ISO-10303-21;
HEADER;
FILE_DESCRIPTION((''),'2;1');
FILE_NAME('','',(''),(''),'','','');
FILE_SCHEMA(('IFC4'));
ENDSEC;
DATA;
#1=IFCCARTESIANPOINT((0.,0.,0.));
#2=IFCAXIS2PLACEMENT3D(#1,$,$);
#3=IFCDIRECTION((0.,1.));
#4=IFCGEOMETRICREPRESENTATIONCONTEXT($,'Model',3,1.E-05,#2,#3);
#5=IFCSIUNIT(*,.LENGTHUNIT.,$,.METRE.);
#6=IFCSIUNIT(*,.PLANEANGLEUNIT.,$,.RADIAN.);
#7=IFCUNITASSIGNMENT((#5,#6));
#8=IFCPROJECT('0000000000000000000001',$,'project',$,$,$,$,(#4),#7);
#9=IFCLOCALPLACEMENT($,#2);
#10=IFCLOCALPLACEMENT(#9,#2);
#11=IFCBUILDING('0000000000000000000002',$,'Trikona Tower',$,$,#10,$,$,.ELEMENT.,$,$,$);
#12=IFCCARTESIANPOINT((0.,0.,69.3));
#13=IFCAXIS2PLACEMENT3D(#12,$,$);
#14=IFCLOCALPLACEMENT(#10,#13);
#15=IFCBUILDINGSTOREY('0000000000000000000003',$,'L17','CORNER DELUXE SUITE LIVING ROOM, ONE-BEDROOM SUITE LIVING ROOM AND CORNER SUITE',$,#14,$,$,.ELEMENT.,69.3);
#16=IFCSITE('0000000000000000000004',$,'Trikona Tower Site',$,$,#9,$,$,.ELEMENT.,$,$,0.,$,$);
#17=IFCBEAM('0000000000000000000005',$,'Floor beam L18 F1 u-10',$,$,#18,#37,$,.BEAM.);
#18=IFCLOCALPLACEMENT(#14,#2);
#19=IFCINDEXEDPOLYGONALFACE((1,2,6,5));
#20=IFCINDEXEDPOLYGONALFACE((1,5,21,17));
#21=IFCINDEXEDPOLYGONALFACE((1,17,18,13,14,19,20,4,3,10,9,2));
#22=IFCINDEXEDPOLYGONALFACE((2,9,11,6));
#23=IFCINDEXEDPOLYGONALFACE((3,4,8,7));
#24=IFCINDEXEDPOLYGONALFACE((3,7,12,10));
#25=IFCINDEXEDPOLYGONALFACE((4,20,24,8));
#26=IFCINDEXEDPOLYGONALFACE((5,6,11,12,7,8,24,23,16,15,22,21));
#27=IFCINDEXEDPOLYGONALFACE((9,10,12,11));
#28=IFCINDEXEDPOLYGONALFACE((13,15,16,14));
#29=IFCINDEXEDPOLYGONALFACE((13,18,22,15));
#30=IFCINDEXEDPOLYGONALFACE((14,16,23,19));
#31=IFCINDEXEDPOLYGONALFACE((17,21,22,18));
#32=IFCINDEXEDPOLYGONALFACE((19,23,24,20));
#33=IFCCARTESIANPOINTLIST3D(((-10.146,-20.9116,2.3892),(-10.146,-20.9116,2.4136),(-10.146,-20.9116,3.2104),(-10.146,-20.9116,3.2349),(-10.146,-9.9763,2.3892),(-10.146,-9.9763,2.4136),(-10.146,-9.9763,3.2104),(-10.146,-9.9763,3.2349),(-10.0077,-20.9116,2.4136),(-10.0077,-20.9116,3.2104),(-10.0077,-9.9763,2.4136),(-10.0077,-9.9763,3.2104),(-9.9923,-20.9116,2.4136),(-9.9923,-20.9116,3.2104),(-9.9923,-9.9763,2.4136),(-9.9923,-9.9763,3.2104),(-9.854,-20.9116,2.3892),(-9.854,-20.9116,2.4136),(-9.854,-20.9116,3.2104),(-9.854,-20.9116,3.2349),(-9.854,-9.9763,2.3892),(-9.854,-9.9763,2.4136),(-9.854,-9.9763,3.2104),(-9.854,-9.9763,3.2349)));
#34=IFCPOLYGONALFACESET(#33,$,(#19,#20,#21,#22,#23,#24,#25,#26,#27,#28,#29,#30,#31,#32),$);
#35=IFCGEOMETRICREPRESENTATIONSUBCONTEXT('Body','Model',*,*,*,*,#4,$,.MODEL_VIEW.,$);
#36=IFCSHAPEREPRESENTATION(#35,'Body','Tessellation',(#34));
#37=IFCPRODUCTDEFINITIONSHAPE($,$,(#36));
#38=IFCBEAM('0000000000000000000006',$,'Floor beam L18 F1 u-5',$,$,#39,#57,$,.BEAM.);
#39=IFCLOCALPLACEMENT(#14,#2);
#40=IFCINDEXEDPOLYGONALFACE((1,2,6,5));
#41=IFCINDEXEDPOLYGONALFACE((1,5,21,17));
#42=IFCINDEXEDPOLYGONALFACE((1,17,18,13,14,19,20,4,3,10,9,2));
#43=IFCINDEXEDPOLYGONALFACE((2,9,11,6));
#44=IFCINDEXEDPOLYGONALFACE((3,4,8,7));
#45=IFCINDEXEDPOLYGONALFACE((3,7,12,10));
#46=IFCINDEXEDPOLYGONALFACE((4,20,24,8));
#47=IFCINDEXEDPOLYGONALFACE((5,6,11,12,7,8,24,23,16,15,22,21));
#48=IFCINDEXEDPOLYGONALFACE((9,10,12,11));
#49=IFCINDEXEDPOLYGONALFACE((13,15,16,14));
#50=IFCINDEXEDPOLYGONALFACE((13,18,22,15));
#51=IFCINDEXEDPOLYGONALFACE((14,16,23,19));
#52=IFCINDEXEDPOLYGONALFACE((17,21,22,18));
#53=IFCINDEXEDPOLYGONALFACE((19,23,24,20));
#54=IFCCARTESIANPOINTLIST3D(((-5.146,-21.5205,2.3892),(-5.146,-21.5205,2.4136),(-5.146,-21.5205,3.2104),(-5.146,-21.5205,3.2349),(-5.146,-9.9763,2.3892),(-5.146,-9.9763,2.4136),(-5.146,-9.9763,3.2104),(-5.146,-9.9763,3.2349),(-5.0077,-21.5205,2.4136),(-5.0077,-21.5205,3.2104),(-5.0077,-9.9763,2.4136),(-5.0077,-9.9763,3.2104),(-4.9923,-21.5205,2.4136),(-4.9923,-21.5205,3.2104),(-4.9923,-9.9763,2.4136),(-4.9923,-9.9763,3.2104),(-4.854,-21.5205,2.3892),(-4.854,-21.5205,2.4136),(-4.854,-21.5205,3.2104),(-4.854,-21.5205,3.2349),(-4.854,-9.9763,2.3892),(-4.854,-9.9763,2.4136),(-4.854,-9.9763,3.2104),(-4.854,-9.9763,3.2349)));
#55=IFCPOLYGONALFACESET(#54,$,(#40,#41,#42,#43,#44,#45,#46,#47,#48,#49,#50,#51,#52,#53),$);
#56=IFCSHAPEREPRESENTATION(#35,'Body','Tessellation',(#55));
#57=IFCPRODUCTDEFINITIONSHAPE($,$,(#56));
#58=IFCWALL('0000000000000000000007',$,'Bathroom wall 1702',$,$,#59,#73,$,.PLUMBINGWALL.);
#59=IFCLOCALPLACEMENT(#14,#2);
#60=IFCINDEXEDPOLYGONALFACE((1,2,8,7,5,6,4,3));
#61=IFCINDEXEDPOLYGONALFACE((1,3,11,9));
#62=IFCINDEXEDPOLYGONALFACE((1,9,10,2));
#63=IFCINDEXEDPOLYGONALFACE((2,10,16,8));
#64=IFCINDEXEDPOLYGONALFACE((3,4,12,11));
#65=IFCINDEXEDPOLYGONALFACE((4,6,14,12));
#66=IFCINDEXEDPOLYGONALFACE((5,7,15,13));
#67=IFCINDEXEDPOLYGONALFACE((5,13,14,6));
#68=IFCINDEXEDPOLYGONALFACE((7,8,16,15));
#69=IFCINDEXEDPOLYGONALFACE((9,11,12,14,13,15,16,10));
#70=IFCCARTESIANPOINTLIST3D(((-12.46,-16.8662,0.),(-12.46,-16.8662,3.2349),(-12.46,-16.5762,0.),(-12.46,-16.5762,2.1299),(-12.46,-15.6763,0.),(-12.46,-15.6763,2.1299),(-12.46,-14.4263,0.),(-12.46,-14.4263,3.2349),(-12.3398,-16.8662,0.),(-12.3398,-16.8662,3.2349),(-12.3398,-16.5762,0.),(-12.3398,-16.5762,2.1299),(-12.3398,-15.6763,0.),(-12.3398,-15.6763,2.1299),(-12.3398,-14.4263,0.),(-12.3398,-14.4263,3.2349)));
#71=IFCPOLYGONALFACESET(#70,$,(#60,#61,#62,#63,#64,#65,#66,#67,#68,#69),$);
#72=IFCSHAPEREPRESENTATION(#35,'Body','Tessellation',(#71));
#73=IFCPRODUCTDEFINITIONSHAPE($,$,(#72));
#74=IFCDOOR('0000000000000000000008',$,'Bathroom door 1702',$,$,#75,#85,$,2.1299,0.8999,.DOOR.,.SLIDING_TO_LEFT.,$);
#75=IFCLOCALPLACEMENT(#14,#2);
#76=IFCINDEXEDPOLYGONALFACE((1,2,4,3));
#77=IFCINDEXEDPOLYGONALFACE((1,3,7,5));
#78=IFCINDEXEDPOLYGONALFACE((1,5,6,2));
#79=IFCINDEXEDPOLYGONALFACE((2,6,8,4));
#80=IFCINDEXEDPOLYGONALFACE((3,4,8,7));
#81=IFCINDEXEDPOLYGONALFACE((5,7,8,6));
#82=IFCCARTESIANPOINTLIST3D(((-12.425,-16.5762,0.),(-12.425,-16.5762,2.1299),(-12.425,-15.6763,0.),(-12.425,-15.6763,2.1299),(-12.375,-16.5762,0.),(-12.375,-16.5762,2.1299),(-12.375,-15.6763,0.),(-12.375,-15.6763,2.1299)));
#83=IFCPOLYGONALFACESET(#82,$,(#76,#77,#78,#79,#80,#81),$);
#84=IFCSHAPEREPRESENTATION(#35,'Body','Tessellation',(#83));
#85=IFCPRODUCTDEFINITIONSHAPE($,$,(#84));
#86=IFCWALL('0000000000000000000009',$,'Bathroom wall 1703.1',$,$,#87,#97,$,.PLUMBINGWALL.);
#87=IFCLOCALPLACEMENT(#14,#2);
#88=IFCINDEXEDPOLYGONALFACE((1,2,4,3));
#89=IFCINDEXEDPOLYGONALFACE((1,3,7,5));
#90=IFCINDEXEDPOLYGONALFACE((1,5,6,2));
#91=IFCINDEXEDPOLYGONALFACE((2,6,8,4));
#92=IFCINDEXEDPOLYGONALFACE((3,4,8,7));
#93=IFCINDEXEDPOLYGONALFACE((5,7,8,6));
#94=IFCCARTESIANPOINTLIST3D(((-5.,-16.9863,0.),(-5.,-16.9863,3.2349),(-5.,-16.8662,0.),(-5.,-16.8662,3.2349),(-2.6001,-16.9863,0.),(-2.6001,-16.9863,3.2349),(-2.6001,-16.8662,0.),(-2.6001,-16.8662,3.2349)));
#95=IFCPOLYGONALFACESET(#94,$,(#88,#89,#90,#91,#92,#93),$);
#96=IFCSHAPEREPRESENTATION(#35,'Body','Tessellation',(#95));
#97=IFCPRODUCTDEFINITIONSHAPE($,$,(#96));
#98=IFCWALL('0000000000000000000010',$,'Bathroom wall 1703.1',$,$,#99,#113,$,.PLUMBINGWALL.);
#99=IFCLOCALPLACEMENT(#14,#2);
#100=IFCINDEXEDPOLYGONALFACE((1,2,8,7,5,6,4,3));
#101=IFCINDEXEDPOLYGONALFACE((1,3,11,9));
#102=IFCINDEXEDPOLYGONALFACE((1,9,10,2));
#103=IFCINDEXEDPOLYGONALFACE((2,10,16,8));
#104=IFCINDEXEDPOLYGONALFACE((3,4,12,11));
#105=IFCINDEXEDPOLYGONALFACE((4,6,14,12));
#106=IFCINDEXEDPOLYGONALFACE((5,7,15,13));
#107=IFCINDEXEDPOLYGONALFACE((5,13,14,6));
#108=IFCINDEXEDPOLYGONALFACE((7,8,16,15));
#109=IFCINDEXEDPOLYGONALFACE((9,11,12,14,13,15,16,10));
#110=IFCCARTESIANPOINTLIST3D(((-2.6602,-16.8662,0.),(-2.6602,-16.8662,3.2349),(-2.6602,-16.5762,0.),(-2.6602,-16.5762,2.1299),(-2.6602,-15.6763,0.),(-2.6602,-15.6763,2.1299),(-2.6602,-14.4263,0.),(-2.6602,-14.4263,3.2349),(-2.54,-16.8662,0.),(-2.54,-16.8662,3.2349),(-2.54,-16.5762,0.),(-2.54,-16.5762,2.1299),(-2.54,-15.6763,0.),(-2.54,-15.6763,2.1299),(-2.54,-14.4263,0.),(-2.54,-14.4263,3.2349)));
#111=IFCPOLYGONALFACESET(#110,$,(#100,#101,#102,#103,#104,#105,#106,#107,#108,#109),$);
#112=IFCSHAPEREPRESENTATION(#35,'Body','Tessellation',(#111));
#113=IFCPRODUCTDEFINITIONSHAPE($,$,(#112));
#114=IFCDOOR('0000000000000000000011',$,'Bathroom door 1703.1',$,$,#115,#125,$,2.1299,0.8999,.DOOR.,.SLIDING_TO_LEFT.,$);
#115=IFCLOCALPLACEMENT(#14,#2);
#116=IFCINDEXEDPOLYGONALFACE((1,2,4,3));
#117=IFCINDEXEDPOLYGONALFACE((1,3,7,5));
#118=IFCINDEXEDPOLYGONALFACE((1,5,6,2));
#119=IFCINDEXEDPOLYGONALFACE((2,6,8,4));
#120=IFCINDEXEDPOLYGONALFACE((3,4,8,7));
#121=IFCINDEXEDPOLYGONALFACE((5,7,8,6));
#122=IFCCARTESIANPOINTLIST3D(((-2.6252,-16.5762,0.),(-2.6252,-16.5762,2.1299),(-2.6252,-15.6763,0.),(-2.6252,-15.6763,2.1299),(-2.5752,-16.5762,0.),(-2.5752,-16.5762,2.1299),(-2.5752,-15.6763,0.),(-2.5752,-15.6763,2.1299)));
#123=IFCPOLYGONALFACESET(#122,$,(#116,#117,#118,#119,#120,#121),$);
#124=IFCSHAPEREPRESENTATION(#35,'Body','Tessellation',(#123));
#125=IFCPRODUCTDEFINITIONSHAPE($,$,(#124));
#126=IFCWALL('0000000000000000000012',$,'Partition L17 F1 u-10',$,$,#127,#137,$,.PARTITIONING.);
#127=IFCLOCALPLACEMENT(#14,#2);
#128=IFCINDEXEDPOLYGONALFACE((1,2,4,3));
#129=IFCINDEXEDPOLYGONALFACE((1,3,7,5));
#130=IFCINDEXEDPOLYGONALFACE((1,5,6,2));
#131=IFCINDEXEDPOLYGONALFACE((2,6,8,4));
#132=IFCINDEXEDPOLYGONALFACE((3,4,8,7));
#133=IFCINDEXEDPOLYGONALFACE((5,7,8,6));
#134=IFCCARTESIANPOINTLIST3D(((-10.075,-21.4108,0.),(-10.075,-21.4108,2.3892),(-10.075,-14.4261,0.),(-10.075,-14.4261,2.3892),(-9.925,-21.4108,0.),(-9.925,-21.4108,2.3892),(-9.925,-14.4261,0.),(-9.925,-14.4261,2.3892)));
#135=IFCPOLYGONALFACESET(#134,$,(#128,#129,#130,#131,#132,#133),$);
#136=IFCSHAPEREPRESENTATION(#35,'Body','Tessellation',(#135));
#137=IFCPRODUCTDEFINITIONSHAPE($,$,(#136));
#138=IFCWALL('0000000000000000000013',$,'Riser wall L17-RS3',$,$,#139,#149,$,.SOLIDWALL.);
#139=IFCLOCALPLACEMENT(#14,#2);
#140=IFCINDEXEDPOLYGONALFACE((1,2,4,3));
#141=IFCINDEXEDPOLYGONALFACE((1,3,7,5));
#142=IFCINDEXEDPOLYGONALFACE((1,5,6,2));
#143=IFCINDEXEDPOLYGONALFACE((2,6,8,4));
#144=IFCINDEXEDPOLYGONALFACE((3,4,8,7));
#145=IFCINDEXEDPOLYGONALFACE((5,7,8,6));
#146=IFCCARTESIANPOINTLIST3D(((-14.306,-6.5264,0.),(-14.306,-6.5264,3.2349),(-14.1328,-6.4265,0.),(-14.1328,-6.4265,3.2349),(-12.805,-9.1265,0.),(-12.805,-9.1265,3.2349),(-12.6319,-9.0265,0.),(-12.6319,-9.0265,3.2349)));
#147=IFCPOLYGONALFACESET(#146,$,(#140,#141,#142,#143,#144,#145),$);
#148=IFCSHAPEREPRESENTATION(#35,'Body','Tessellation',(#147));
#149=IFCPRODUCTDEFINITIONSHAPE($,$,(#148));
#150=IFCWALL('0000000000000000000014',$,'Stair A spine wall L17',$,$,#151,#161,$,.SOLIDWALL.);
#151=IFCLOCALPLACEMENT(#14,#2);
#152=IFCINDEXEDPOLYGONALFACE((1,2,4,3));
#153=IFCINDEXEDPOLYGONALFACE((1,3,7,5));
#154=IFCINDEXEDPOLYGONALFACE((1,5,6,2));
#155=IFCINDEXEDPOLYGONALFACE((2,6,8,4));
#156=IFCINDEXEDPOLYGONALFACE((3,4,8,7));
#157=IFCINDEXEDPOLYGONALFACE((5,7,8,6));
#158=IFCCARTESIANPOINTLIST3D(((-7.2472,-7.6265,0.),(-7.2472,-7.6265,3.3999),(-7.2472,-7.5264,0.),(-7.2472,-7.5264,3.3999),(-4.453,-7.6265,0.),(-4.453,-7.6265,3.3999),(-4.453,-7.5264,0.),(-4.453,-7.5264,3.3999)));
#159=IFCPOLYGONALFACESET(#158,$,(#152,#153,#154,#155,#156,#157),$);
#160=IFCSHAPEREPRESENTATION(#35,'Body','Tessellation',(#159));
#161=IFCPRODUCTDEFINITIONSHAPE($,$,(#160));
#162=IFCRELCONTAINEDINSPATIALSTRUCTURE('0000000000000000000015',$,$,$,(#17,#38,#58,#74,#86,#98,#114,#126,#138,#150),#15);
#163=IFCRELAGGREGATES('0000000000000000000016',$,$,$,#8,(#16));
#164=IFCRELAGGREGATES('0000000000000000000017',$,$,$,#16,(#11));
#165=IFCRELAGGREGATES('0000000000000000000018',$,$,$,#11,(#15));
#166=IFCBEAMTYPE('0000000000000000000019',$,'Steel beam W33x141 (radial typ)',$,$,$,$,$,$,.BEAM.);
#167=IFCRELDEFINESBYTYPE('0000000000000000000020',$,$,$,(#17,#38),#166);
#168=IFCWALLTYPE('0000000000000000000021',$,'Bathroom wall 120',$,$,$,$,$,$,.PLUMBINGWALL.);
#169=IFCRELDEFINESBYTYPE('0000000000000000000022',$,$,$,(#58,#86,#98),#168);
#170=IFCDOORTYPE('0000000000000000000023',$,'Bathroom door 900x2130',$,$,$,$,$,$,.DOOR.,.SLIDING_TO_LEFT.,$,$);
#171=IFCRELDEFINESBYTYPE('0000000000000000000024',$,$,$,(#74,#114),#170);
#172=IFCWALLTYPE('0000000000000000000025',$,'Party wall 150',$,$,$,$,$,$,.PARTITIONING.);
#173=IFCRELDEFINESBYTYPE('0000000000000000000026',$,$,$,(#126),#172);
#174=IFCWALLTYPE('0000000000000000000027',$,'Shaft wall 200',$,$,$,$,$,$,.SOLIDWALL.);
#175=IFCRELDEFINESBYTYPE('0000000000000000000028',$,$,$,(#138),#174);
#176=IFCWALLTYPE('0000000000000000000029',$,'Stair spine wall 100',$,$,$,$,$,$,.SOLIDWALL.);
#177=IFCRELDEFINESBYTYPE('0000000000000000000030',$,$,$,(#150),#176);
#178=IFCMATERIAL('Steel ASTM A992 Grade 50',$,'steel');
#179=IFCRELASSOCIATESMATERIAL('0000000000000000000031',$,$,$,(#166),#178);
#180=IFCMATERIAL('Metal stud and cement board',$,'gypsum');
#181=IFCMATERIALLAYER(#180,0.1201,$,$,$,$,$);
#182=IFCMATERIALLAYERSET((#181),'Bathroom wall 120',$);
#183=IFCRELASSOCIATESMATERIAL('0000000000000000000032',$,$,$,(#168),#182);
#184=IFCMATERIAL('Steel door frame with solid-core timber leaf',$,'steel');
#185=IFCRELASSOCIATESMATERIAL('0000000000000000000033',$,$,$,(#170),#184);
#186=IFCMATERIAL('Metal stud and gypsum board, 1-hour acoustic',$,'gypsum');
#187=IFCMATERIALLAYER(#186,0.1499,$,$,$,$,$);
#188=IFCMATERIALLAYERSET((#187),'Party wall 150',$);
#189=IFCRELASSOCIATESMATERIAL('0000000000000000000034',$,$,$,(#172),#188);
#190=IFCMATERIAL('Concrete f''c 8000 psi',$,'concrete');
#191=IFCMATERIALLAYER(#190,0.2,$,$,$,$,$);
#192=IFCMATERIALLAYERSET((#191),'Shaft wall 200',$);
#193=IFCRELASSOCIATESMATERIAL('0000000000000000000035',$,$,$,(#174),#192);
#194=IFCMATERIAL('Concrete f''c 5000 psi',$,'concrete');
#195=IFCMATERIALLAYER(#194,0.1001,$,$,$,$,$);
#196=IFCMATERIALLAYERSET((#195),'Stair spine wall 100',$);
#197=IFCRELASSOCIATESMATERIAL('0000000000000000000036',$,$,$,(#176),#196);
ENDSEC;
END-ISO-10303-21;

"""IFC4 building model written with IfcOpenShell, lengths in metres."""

from ifc_helpers import new_model, si_unit, direction, frame, frame_2d, origin, origin_2d, place, context, subcontext, project, spatial, rectangle, i_section, extrude, material, layer, layer_set, material_profile, profile_set, type_object, element, fill, save


model = new_model("IFC4")

# Units and contexts
model_context = context("Model", 3, precision=1e-05, world=origin(), true_north=direction((0.0, 1.0)))
body_context = subcontext(model_context, "Body", "Model", "MODEL_VIEW")
ifc_project = project(units=[si_unit("LENGTHUNIT", "METRE"), si_unit("PLANEANGLEUNIT", "RADIAN")], contexts=[model_context])

# Site, building, storey
site_placement = place(None, origin())
site = spatial("IfcSite", under=ifc_project, at=site_placement, Name="Trikona Tower Site", CompositionType="ELEMENT", RefElevation=0.0)
building_placement = place(site_placement, origin())
building = spatial("IfcBuilding", under=site, at=building_placement, Name="Trikona Tower", CompositionType="ELEMENT")
storey_placement = place(building_placement, frame((0.0, 0.0, 69.3)))
storey = spatial("IfcBuildingStorey", under=building, at=storey_placement, Name="L17", Description="CORNER DELUXE SUITE LIVING ROOM, ONE-BEDROOM SUITE LIVING ROOM AND CORNER SUITE", CompositionType="ELEMENT", Elevation=69.3)

# Beams
ifc_material_1 = material(Name="Steel ASTM A992 Grade 50", Category="steel")
ifc_material_profile = material_profile(ifc_material_1, i_section(OverallWidth=0.292, OverallDepth=0.8457, WebThickness=0.0154, FlangeThickness=0.0244, at=origin_2d()), Name="W33X141")
ifc_profile_set = profile_set([ifc_material_profile], Name="Steel ASTM A992 Grade 50")
beam_type = type_object("IfcBeamType", Name="Steel beam W33x141 (radial typ)", PredefinedType="BEAM", material=ifc_profile_set)
beam_1_placement = place(storey_placement, frame((-10.0, -9.9763, 2.812), z_axis=(0.0, -1.0, 0.0), x_axis=(1.0, 0.0, 0.0)))
element("IfcBeam", 1, at=beam_1_placement, inside=storey, type_object=beam_type, Name="Floor beam L18 F1 u-10", PredefinedType="BEAM", context=body_context, shape_type="SweptSolid", body=[
    extrude(i_section(OverallWidth=0.292, OverallDepth=0.8457, WebThickness=0.0154, FlangeThickness=0.0244, at=origin_2d()), origin(), (0.0, 0.0, 1.0), 10.9353),
])
beam_2_placement = place(storey_placement, frame((-5.0, -9.9763, 2.812), z_axis=(0.0, -1.0, 0.0), x_axis=(1.0, 0.0, 0.0)))
element("IfcBeam", 2, at=beam_2_placement, inside=storey, type_object=beam_type, Name="Floor beam L18 F1 u-5", PredefinedType="BEAM", context=body_context, shape_type="SweptSolid", body=[
    extrude(i_section(OverallWidth=0.292, OverallDepth=0.8457, WebThickness=0.0154, FlangeThickness=0.0244, at=origin_2d()), origin(), (0.0, 0.0, 1.0), 11.5442),
])

# Wall, opening, door
ifc_material_2 = material(Name="Metal stud and cement board", Category="gypsum")
ifc_layer_1 = layer(ifc_material_2, 0.1201)
ifc_layer_set_1 = layer_set([ifc_layer_1], Name="Bathroom wall 120")
wall_type_1 = type_object("IfcWallType", Name="Bathroom wall 120", PredefinedType="PLUMBINGWALL", material=ifc_layer_set_1)
wall_1_placement = place(storey_placement, frame((-12.3999, -14.4263, 0.0), z_axis=(0.0, 0.0, 1.0), x_axis=(0.0, -1.0, 0.0)))
wall_1 = element("IfcWall", 3, at=wall_1_placement, inside=storey, type_object=wall_type_1, Name="Bathroom wall 1702", PredefinedType="PLUMBINGWALL", context=body_context, shape_type="SweptSolid", body=[
    extrude(rectangle(XDim=2.4399, YDim=0.1201, at=frame_2d((1.22, 0.0))), origin(), (0.0, 0.0, 1.0), 3.2349),
])
opening_1_placement = place(wall_1_placement, frame((1.25, 0.0, 0.0)))
opening_1 = element("IfcOpeningElement", 4, at=opening_1_placement, cuts=wall_1, PredefinedType="OPENING", context=body_context, shape_type="SweptSolid", body=[
    extrude(rectangle(XDim=0.8999, YDim=2.1299, at=frame_2d((0.45, 1.0649))), frame((0.0, 0.0701, 0.0), z_axis=(0.0, -1.0, 0.0), x_axis=(1.0, 0.0, 0.0)), (0.0, 0.0, 1.0), 0.1401),
])
ifc_material_3 = material(Name="Steel door frame with solid-core timber leaf", Category="steel")
door_type_1 = type_object("IfcDoorType", Name="Bathroom door 900x2130", OperationType="SLIDING_TO_LEFT", PredefinedType="DOOR", material=ifc_material_3)
door_1_placement = place(opening_1_placement, origin())
door_1 = element("IfcDoor", 5, at=door_1_placement, inside=storey, type_object=door_type_1, Name="Bathroom door 1702", OperationType="SLIDING_TO_LEFT", OverallHeight=2.1299, OverallWidth=0.8999, PredefinedType="DOOR", context=body_context, shape_type="SweptSolid", body=[
    extrude(rectangle(XDim=0.8999, YDim=2.1299, at=frame_2d((0.45, 1.0649))), frame((0.0, 0.0249, 0.0), z_axis=(0.0, -1.0, 0.0), x_axis=(1.0, 0.0, 0.0)), (0.0, 0.0, 1.0), 0.05),
])
fill(opening_1, door_1)

# Wall
wall_2_placement = place(storey_placement, frame((-5.0, -16.9263, 0.0), z_axis=(0.0, 0.0, 1.0), x_axis=(1.0, 0.0, 0.0)))
element("IfcWall", 6, at=wall_2_placement, inside=storey, type_object=wall_type_1, Name="Bathroom wall 1703.1", PredefinedType="PLUMBINGWALL", context=body_context, shape_type="SweptSolid", body=[
    extrude(rectangle(XDim=2.3999, YDim=0.1201, at=frame_2d((1.2, 0.0))), origin(), (0.0, 0.0, 1.0), 3.2349),
])

# Wall, opening, door
wall_3_placement = place(storey_placement, frame((-2.6001, -14.4263, 0.0), z_axis=(0.0, 0.0, 1.0), x_axis=(0.0, -1.0, 0.0)))
wall_3 = element("IfcWall", 7, at=wall_3_placement, inside=storey, type_object=wall_type_1, Name="Bathroom wall 1703.1", PredefinedType="PLUMBINGWALL", context=body_context, shape_type="SweptSolid", body=[
    extrude(rectangle(XDim=2.4399, YDim=0.1201, at=frame_2d((1.22, 0.0))), origin(), (0.0, 0.0, 1.0), 3.2349),
])
opening_2_placement = place(wall_3_placement, frame((1.25, 0.0, 0.0)))
opening_2 = element("IfcOpeningElement", 8, at=opening_2_placement, cuts=wall_3, PredefinedType="OPENING", context=body_context, shape_type="SweptSolid", body=[
    extrude(rectangle(XDim=0.8999, YDim=2.1299, at=frame_2d((0.45, 1.0649))), frame((0.0, 0.0701, 0.0), z_axis=(0.0, -1.0, 0.0), x_axis=(1.0, 0.0, 0.0)), (0.0, 0.0, 1.0), 0.1401),
])
door_2_placement = place(opening_2_placement, origin())
door_2 = element("IfcDoor", 9, at=door_2_placement, inside=storey, type_object=door_type_1, Name="Bathroom door 1703.1", OperationType="SLIDING_TO_LEFT", OverallHeight=2.1299, OverallWidth=0.8999, PredefinedType="DOOR", context=body_context, shape_type="SweptSolid", body=[
    extrude(rectangle(XDim=0.8999, YDim=2.1299, at=frame_2d((0.45, 1.0649))), frame((0.0, 0.0249, 0.0), z_axis=(0.0, -1.0, 0.0), x_axis=(1.0, 0.0, 0.0)), (0.0, 0.0, 1.0), 0.05),
])
fill(opening_2, door_2)

# Walls
ifc_material_4 = material(Name="Metal stud and gypsum board, 1-hour acoustic", Category="gypsum")
ifc_layer_2 = layer(ifc_material_4, 0.1499)
ifc_layer_set_2 = layer_set([ifc_layer_2], Name="Party wall 150")
wall_type_2 = type_object("IfcWallType", Name="Party wall 150", PredefinedType="PARTITIONING", material=ifc_layer_set_2)
wall_4_placement = place(storey_placement, frame((-10.0, -14.4263, 0.0), z_axis=(0.0, 0.0, 1.0), x_axis=(0.0, -1.0, 0.0)))
element("IfcWall", 10, at=wall_4_placement, inside=storey, type_object=wall_type_2, Name="Partition L17 F1 u-10", PredefinedType="PARTITIONING", context=body_context, shape_type="SweptSolid", body=[
    extrude(rectangle(XDim=6.9846, YDim=0.1499, at=frame_2d((3.4922, 0.0))), origin(), (0.0, 0.0, 1.0), 2.3892),
])
ifc_material_5 = material(Name="Concrete f'c 8000 psi", Category="concrete")
ifc_layer_3 = layer(ifc_material_5, 0.2)
ifc_layer_set_3 = layer_set([ifc_layer_3], Name="Shaft wall 200")
wall_type_3 = type_object("IfcWallType", Name="Shaft wall 200", PredefinedType="SOLIDWALL", material=ifc_layer_set_3)
wall_5_placement = place(storey_placement, frame((-12.7185, -9.0764, 0.0), z_axis=(0.0, 0.0, 1.0), x_axis=(-0.499952, 0.866053, 0.0)))
element("IfcWall", 11, at=wall_5_placement, inside=storey, type_object=wall_type_3, Name="Riser wall L17-RS3", PredefinedType="SOLIDWALL", context=body_context, shape_type="SweptSolid", body=[
    extrude(rectangle(XDim=3.0022, YDim=0.2, at=frame_2d((1.501, 0.0))), origin(), (0.0, 0.0, 1.0), 3.2349),
])
ifc_material_6 = material(Name="Concrete f'c 5000 psi", Category="concrete")
ifc_layer_4 = layer(ifc_material_6, 0.1001)
ifc_layer_set_4 = layer_set([ifc_layer_4], Name="Stair spine wall 100")
wall_type_4 = type_object("IfcWallType", Name="Stair spine wall 100", PredefinedType="SOLIDWALL", material=ifc_layer_set_4)
wall_6_placement = place(storey_placement, frame((-7.2471, -7.5764, 0.0), z_axis=(0.0, 0.0, 1.0), x_axis=(1.0, 0.0, 0.0)))
element("IfcWall", 12, at=wall_6_placement, inside=storey, type_object=wall_type_4, Name="Stair A spine wall L17", PredefinedType="SOLIDWALL", context=body_context, shape_type="SweptSolid", body=[
    extrude(rectangle(XDim=2.7942, YDim=0.1001, at=frame_2d((1.397, 0.0))), origin(), (0.0, 0.0, 1.0), 3.3999),
])

save(model, "model.ifc")
